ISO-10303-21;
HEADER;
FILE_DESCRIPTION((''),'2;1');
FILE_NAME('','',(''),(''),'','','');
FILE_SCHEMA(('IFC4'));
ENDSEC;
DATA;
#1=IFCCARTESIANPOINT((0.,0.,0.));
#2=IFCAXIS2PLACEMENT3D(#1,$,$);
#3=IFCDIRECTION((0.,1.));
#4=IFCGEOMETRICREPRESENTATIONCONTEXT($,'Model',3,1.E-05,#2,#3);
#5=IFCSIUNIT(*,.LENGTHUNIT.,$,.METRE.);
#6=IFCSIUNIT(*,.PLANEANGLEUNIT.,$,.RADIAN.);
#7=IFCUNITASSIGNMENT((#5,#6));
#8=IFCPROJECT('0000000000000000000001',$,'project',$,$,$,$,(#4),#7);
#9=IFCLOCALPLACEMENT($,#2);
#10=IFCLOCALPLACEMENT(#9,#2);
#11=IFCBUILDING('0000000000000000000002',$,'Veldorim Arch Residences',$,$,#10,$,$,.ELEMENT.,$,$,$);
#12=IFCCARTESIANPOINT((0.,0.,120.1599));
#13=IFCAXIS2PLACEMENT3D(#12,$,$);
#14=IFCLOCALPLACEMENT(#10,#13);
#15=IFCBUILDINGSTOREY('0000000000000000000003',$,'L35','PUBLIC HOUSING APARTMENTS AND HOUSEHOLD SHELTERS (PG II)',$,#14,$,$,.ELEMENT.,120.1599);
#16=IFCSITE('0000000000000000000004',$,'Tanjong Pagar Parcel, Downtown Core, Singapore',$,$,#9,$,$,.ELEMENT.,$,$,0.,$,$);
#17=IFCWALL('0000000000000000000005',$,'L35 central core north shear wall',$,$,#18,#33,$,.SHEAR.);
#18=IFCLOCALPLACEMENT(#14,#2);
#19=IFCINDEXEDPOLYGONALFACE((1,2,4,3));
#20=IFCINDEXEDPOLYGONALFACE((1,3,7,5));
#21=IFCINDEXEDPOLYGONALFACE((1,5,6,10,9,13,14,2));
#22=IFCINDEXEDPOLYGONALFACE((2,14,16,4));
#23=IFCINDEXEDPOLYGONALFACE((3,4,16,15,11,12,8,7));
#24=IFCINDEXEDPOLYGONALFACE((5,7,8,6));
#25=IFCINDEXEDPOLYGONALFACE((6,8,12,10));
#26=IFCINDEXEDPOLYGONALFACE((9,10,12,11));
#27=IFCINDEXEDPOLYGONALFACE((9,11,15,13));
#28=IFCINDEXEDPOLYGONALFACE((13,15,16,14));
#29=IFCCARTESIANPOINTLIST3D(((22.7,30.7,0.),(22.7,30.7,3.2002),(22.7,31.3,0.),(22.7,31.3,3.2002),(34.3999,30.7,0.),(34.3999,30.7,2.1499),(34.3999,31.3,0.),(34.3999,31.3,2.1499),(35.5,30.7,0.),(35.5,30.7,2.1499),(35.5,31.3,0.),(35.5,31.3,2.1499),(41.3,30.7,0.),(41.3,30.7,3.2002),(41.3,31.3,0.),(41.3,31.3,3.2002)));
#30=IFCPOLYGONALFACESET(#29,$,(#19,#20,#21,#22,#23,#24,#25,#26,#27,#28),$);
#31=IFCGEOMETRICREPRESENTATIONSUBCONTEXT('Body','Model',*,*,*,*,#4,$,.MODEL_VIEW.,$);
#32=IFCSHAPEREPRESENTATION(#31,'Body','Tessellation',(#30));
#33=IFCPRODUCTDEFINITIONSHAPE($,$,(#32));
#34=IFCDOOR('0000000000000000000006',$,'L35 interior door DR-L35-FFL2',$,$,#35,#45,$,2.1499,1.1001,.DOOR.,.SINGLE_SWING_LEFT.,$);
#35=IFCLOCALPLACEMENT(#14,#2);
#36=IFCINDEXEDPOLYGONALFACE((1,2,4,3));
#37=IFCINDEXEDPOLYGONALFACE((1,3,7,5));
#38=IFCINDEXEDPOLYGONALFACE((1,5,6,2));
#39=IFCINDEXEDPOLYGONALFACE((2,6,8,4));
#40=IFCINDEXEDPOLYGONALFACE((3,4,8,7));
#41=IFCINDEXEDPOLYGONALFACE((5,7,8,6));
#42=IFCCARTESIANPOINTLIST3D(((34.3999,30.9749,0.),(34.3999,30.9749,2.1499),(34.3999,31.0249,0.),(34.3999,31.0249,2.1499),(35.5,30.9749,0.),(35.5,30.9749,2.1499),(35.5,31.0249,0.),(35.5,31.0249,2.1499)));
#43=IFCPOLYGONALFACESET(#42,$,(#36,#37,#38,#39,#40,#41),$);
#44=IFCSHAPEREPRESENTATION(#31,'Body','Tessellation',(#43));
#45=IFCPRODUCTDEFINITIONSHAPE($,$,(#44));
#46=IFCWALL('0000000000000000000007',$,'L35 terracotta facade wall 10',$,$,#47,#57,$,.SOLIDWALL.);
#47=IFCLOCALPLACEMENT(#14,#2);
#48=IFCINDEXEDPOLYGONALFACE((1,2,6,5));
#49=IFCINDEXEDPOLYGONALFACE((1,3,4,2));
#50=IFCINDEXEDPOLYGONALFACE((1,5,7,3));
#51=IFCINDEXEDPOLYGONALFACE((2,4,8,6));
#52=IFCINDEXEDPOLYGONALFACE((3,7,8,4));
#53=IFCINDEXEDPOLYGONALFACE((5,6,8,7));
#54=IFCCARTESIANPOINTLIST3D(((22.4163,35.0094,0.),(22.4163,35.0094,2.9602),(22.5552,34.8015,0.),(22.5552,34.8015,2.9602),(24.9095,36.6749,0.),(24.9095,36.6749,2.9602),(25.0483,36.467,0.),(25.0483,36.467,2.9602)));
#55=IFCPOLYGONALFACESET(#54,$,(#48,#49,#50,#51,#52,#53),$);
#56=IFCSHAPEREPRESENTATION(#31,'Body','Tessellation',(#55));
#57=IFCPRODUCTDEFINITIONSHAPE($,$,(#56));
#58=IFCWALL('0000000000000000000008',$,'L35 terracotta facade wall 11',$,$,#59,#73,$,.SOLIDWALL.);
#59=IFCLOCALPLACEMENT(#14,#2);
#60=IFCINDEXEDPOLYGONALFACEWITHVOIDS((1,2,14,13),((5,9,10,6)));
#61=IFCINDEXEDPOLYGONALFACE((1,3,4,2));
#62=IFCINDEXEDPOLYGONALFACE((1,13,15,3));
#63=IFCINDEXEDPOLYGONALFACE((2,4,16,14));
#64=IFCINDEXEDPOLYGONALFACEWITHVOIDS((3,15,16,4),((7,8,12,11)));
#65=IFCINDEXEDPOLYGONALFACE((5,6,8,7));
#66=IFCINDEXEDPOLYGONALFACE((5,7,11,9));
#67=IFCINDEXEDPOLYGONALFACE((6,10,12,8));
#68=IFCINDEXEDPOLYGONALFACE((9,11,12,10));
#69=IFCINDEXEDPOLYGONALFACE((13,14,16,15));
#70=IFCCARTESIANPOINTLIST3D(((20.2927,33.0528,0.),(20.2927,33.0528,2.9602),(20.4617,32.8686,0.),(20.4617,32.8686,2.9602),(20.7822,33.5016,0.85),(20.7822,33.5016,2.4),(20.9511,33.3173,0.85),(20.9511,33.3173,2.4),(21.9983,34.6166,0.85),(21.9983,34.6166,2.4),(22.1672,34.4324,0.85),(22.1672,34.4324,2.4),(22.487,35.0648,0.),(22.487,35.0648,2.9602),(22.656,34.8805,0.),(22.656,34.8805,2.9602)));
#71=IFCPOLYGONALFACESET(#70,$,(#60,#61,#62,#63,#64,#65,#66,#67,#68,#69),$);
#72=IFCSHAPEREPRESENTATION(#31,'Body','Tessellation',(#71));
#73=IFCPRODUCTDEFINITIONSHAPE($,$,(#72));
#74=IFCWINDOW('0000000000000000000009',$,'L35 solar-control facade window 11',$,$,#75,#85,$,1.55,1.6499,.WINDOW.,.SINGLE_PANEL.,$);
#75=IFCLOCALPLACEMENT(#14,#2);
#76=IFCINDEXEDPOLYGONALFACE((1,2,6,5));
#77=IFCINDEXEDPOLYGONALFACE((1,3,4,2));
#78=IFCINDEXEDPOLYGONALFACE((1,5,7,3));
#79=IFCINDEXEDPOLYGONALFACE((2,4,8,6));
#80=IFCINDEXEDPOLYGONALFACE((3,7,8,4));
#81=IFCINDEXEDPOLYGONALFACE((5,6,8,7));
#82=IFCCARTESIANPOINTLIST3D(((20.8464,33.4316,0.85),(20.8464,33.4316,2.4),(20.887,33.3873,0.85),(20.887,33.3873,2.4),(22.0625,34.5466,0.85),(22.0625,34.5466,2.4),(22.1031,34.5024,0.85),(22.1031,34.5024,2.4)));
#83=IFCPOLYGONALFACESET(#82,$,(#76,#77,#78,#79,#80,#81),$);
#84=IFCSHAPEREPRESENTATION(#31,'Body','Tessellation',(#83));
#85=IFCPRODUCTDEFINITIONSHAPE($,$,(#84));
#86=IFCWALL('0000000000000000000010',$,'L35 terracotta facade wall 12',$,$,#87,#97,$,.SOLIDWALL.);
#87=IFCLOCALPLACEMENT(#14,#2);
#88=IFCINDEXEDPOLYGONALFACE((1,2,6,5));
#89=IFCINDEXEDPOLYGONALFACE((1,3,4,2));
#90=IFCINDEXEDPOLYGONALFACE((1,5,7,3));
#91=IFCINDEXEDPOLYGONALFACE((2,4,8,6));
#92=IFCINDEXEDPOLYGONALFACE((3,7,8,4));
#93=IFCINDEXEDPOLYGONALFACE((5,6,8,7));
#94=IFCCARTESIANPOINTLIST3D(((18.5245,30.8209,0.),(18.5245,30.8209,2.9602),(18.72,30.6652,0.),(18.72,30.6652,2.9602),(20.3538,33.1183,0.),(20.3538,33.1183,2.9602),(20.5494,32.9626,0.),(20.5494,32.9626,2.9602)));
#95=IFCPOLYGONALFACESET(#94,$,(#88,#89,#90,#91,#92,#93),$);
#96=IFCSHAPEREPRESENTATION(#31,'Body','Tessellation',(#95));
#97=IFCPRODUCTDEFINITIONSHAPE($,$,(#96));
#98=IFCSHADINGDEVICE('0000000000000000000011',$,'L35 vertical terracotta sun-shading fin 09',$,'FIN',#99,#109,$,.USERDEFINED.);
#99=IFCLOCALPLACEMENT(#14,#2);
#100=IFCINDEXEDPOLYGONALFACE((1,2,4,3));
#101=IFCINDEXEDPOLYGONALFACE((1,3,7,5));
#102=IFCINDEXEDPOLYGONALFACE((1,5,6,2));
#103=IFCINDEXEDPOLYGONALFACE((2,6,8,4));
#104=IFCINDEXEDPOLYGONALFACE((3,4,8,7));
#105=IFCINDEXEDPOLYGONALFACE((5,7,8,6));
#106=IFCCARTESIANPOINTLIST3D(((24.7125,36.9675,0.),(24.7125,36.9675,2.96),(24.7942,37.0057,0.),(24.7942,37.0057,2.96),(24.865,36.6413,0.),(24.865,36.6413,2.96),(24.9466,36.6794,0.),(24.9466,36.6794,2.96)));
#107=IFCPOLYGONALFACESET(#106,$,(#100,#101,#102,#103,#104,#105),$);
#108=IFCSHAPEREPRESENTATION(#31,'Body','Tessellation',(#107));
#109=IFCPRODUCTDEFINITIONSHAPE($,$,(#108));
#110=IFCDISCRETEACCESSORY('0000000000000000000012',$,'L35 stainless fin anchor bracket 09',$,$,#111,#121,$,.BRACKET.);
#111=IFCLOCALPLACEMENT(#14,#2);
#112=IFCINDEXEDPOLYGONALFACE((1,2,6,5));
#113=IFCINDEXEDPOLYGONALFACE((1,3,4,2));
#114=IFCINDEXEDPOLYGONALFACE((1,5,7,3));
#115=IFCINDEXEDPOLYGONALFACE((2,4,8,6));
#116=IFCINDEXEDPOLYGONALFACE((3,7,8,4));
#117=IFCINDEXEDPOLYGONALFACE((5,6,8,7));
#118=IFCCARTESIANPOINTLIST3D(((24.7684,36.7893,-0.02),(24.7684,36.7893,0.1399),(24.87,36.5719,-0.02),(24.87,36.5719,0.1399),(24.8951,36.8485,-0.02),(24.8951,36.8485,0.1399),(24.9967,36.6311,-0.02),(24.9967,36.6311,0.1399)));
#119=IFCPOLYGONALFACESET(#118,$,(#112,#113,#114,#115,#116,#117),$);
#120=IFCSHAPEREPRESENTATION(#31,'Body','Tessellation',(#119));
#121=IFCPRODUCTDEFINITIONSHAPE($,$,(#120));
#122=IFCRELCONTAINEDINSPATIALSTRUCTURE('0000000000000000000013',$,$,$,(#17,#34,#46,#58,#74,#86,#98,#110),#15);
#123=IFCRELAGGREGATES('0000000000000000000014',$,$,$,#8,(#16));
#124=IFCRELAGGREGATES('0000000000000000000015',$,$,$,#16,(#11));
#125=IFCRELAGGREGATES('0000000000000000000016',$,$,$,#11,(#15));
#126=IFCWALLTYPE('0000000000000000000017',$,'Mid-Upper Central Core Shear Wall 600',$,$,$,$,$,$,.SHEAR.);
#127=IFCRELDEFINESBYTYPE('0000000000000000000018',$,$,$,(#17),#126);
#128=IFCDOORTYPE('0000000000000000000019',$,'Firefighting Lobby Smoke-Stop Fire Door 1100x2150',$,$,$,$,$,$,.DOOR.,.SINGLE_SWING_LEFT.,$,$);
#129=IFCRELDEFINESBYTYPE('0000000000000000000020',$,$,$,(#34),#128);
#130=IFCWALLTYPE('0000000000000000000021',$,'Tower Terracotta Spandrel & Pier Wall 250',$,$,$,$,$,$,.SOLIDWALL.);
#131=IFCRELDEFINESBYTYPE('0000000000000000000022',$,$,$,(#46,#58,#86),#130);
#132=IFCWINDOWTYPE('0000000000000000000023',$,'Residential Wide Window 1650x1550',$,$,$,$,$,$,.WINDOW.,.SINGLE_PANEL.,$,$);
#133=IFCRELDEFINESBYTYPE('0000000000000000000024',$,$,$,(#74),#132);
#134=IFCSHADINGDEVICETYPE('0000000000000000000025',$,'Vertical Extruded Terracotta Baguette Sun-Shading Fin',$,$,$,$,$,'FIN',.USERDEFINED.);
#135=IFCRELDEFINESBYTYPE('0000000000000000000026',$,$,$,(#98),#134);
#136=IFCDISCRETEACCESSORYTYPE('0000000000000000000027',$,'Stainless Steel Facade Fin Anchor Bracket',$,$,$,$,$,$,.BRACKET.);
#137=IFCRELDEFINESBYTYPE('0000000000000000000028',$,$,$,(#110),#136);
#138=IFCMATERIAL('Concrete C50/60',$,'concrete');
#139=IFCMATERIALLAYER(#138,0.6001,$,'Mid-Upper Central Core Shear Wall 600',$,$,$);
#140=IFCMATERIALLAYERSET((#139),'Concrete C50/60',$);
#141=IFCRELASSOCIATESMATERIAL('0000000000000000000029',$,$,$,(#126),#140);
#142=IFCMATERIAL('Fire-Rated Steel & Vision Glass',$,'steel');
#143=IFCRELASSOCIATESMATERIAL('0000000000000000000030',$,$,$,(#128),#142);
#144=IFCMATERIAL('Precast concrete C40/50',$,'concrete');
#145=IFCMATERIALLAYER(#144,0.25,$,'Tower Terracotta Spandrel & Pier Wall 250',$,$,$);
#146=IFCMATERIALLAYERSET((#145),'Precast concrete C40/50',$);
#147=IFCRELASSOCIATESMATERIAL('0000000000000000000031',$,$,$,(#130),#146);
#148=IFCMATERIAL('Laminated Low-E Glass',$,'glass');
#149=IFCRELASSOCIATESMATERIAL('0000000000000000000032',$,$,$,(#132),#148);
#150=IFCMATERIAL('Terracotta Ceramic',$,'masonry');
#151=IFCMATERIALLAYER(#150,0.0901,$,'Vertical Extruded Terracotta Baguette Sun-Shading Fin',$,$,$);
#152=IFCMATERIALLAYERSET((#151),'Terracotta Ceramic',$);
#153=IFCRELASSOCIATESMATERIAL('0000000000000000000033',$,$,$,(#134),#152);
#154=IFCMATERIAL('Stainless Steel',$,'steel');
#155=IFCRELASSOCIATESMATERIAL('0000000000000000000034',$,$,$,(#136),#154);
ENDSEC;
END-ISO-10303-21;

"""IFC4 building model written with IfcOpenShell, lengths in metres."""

from ifc_helpers import new_model, si_unit, direction, frame, frame_2d, origin, origin_2d, place, context, subcontext, project, spatial, rectangle, extrude, material, layer, layer_set, type_object, element, fill, save


model = new_model("IFC4")

# Units and contexts
model_context = context("Model", 3, precision=1e-05, world=origin(), true_north=direction((0.0, 1.0)))
body_context = subcontext(model_context, "Body", "Model", "MODEL_VIEW")
ifc_project = project(units=[si_unit("LENGTHUNIT", "METRE"), si_unit("PLANEANGLEUNIT", "RADIAN")], contexts=[model_context])

# Site, building, storey
site_placement = place(None, origin())
site = spatial("IfcSite", under=ifc_project, at=site_placement, Name="Tanjong Pagar Parcel, Downtown Core, Singapore", CompositionType="ELEMENT", RefElevation=0.0)
building_placement = place(site_placement, origin())
building = spatial("IfcBuilding", under=site, at=building_placement, Name="Veldorim Arch Residences", CompositionType="ELEMENT")
storey_placement = place(building_placement, frame((0.0, 0.0, 120.1599)))
storey = spatial("IfcBuildingStorey", under=building, at=storey_placement, Name="L35", Description="PUBLIC HOUSING APARTMENTS AND HOUSEHOLD SHELTERS (PG II)", CompositionType="ELEMENT", Elevation=120.1599)

# Wall, opening, door
ifc_material_1 = material(Name="Concrete C50/60", Category="concrete")
ifc_layer_1 = layer(ifc_material_1, 0.6001, Name="Mid-Upper Central Core Shear Wall 600")
ifc_layer_set_1 = layer_set([ifc_layer_1], Name="Concrete C50/60")
wall_type_1 = type_object("IfcWallType", Name="Mid-Upper Central Core Shear Wall 600", PredefinedType="SHEAR", material=ifc_layer_set_1)
wall_1_placement = place(storey_placement, frame((22.7, 31.0, 0.0), z_axis=(0.0, 0.0, 1.0), x_axis=(1.0, 0.0, 0.0)))
wall_1 = element("IfcWall", 1, at=wall_1_placement, inside=storey, type_object=wall_type_1, Name="L35 central core north shear wall", PredefinedType="SHEAR", context=body_context, shape_type="SweptSolid", body=[
    extrude(rectangle(XDim=18.6001, YDim=0.6001, at=frame_2d((9.3, 0.0))), origin(), (0.0, 0.0, 1.0), 3.2002),
])
opening_1_placement = place(wall_1_placement, frame((11.7, 0.0, 0.0)))
opening_1 = element("IfcOpeningElement", 2, at=opening_1_placement, cuts=wall_1, PredefinedType="OPENING", context=body_context, shape_type="SweptSolid", body=[
    extrude(rectangle(XDim=1.1001, YDim=2.1499, at=frame_2d((0.55, 1.075))), frame((0.0, 0.3101, 0.0), z_axis=(0.0, -1.0, 0.0), x_axis=(1.0, 0.0, 0.0)), (0.0, 0.0, 1.0), 0.6201),
])
ifc_material_2 = material(Name="Fire-Rated Steel & Vision Glass", Category="steel")
door_type_1 = type_object("IfcDoorType", Name="Firefighting Lobby Smoke-Stop Fire Door 1100x2150", OperationType="SINGLE_SWING_LEFT", PredefinedType="DOOR", material=ifc_material_2)
door_1_placement = place(opening_1_placement, origin())
door_1 = element("IfcDoor", 3, at=door_1_placement, inside=storey, type_object=door_type_1, Name="L35 interior door DR-L35-FFL2", OperationType="SINGLE_SWING_LEFT", OverallHeight=2.1499, OverallWidth=1.1001, PredefinedType="DOOR", context=body_context, shape_type="SweptSolid", body=[
    extrude(rectangle(XDim=1.1001, YDim=2.1499, at=frame_2d((0.55, 1.075))), frame((0.0, 0.0249, 0.0), z_axis=(0.0, -1.0, 0.0), x_axis=(1.0, 0.0, 0.0)), (0.0, 0.0, 1.0), 0.05),
])
fill(opening_1, door_1)

# Wall
ifc_material_3 = material(Name="Precast concrete C40/50", Category="concrete")
ifc_layer_2 = layer(ifc_material_3, 0.25, Name="Tower Terracotta Spandrel & Pier Wall 250")
ifc_layer_set_2 = layer_set([ifc_layer_2], Name="Precast concrete C40/50")
wall_type_2 = type_object("IfcWallType", Name="Tower Terracotta Spandrel & Pier Wall 250", PredefinedType="SOLIDWALL", material=ifc_layer_set_2)
wall_2_placement = place(storey_placement, frame((22.4858, 34.9055, 0.0), z_axis=(0.0, 0.0, 1.0), x_axis=(0.831524, 0.555489, 0.0)))
element("IfcWall", 4, at=wall_2_placement, inside=storey, type_object=wall_type_2, Name="L35 terracotta facade wall 10", PredefinedType="SOLIDWALL", context=body_context, shape_type="SweptSolid", body=[
    extrude(rectangle(XDim=2.9983, YDim=0.25, at=frame_2d((1.499, 0.0))), origin(), (0.0, 0.0, 1.0), 2.9602),
])

# Wall, opening, window
wall_3_placement = place(storey_placement, frame((20.3772, 32.9607, 0.0), z_axis=(0.0, 0.0, 1.0), x_axis=(0.737072, 0.675814, 0.0)))
wall_3 = element("IfcWall", 5, at=wall_3_placement, inside=storey, type_object=wall_type_2, Name="L35 terracotta facade wall 11", PredefinedType="SOLIDWALL", context=body_context, shape_type="SweptSolid", body=[
    extrude(rectangle(XDim=2.9771, YDim=0.25, at=frame_2d((1.4885, 0.0))), origin(), (0.0, 0.0, 1.0), 2.9602),
])
opening_2_placement = place(wall_3_placement, frame((0.6641, 0.0, 0.8501)))
opening_2 = element("IfcOpeningElement", 6, at=opening_2_placement, cuts=wall_3, PredefinedType="OPENING", context=body_context, shape_type="SweptSolid", body=[
    extrude(rectangle(XDim=1.6499, YDim=1.55, at=frame_2d((0.825, 0.7749))), frame((0.0, 0.135, 0.0), z_axis=(0.0, -1.0, 0.0), x_axis=(1.0, 0.0, 0.0)), (0.0, 0.0, 1.0), 0.27),
])
ifc_material_4 = material(Name="Laminated Low-E Glass", Category="glass")
window_type = type_object("IfcWindowType", Name="Residential Wide Window 1650x1550", PartitioningType="SINGLE_PANEL", PredefinedType="WINDOW", material=ifc_material_4)
window_placement = place(opening_2_placement, origin())
window = element("IfcWindow", 7, at=window_placement, inside=storey, type_object=window_type, Name="L35 solar-control facade window 11", OverallHeight=1.55, OverallWidth=1.6499, PartitioningType="SINGLE_PANEL", PredefinedType="WINDOW", context=body_context, shape_type="SweptSolid", body=[
    extrude(rectangle(XDim=1.6499, YDim=1.55, at=frame_2d((0.825, 0.7749))), frame((0.0, 0.03, 0.0), z_axis=(0.0, -1.0, 0.0), x_axis=(1.0, 0.0, 0.0)), (0.0, 0.0, 1.0), 0.0601),
])
fill(opening_2, window)

# Wall
wall_4_placement = place(storey_placement, frame((18.6223, 30.7432, 0.0), z_axis=(0.0, 0.0, 1.0), x_axis=(0.622919, 0.782286, 0.0)))
element("IfcWall", 8, at=wall_4_placement, inside=storey, type_object=wall_type_2, Name="L35 terracotta facade wall 12", PredefinedType="SOLIDWALL", context=body_context, shape_type="SweptSolid", body=[
    extrude(rectangle(XDim=2.9368, YDim=0.25, at=frame_2d((1.4683, 0.0))), origin(), (0.0, 0.0, 1.0), 2.9602),
])

# Shading device
ifc_material_5 = material(Name="Terracotta Ceramic", Category="masonry")
ifc_layer_3 = layer(ifc_material_5, 0.0901, Name="Vertical Extruded Terracotta Baguette Sun-Shading Fin")
ifc_layer_set_3 = layer_set([ifc_layer_3], Name="Terracotta Ceramic")
shading_device_type = type_object("IfcShadingDeviceType", Name="Vertical Extruded Terracotta Baguette Sun-Shading Fin", ElementType="FIN", PredefinedType="USERDEFINED", material=ifc_layer_set_3)
shading_device_placement = place(storey_placement, frame((24.8296, 36.8235, 0.0), z_axis=(0.0, 0.0, 1.0), x_axis=(0.905939, 0.423409, 0.0)))
element("IfcShadingDevice", 9, at=shading_device_placement, inside=storey, type_object=shading_device_type, Name="L35 vertical terracotta sun-shading fin 09", ObjectType="FIN", PredefinedType="USERDEFINED", context=body_context, shape_type="SweptSolid", body=[
    extrude(rectangle(XDim=0.0901, YDim=0.3601, at=origin_2d()), origin(), (0.0, 0.0, 1.0), 2.96),
])

# Discrete accessory
ifc_material_6 = material(Name="Stainless Steel", Category="steel")
discrete_accessory_type = type_object("IfcDiscreteAccessoryType", Name="Stainless Steel Facade Fin Anchor Bracket", PredefinedType="BRACKET", material=ifc_material_6)
discrete_accessory_placement = place(storey_placement, frame((24.8826, 36.7102, -0.02), z_axis=(0.0, 0.0, 1.0), x_axis=(0.905939, 0.423409, 0.0)))
element("IfcDiscreteAccessory", 10, at=discrete_accessory_placement, inside=storey, type_object=discrete_accessory_type, Name="L35 stainless fin anchor bracket 09", PredefinedType="BRACKET", context=body_context, shape_type="SweptSolid", body=[
    extrude(rectangle(XDim=0.1399, YDim=0.24, at=origin_2d()), origin(), (0.0, 0.0, 1.0), 0.1599),
])

save(model, "model.ifc")
